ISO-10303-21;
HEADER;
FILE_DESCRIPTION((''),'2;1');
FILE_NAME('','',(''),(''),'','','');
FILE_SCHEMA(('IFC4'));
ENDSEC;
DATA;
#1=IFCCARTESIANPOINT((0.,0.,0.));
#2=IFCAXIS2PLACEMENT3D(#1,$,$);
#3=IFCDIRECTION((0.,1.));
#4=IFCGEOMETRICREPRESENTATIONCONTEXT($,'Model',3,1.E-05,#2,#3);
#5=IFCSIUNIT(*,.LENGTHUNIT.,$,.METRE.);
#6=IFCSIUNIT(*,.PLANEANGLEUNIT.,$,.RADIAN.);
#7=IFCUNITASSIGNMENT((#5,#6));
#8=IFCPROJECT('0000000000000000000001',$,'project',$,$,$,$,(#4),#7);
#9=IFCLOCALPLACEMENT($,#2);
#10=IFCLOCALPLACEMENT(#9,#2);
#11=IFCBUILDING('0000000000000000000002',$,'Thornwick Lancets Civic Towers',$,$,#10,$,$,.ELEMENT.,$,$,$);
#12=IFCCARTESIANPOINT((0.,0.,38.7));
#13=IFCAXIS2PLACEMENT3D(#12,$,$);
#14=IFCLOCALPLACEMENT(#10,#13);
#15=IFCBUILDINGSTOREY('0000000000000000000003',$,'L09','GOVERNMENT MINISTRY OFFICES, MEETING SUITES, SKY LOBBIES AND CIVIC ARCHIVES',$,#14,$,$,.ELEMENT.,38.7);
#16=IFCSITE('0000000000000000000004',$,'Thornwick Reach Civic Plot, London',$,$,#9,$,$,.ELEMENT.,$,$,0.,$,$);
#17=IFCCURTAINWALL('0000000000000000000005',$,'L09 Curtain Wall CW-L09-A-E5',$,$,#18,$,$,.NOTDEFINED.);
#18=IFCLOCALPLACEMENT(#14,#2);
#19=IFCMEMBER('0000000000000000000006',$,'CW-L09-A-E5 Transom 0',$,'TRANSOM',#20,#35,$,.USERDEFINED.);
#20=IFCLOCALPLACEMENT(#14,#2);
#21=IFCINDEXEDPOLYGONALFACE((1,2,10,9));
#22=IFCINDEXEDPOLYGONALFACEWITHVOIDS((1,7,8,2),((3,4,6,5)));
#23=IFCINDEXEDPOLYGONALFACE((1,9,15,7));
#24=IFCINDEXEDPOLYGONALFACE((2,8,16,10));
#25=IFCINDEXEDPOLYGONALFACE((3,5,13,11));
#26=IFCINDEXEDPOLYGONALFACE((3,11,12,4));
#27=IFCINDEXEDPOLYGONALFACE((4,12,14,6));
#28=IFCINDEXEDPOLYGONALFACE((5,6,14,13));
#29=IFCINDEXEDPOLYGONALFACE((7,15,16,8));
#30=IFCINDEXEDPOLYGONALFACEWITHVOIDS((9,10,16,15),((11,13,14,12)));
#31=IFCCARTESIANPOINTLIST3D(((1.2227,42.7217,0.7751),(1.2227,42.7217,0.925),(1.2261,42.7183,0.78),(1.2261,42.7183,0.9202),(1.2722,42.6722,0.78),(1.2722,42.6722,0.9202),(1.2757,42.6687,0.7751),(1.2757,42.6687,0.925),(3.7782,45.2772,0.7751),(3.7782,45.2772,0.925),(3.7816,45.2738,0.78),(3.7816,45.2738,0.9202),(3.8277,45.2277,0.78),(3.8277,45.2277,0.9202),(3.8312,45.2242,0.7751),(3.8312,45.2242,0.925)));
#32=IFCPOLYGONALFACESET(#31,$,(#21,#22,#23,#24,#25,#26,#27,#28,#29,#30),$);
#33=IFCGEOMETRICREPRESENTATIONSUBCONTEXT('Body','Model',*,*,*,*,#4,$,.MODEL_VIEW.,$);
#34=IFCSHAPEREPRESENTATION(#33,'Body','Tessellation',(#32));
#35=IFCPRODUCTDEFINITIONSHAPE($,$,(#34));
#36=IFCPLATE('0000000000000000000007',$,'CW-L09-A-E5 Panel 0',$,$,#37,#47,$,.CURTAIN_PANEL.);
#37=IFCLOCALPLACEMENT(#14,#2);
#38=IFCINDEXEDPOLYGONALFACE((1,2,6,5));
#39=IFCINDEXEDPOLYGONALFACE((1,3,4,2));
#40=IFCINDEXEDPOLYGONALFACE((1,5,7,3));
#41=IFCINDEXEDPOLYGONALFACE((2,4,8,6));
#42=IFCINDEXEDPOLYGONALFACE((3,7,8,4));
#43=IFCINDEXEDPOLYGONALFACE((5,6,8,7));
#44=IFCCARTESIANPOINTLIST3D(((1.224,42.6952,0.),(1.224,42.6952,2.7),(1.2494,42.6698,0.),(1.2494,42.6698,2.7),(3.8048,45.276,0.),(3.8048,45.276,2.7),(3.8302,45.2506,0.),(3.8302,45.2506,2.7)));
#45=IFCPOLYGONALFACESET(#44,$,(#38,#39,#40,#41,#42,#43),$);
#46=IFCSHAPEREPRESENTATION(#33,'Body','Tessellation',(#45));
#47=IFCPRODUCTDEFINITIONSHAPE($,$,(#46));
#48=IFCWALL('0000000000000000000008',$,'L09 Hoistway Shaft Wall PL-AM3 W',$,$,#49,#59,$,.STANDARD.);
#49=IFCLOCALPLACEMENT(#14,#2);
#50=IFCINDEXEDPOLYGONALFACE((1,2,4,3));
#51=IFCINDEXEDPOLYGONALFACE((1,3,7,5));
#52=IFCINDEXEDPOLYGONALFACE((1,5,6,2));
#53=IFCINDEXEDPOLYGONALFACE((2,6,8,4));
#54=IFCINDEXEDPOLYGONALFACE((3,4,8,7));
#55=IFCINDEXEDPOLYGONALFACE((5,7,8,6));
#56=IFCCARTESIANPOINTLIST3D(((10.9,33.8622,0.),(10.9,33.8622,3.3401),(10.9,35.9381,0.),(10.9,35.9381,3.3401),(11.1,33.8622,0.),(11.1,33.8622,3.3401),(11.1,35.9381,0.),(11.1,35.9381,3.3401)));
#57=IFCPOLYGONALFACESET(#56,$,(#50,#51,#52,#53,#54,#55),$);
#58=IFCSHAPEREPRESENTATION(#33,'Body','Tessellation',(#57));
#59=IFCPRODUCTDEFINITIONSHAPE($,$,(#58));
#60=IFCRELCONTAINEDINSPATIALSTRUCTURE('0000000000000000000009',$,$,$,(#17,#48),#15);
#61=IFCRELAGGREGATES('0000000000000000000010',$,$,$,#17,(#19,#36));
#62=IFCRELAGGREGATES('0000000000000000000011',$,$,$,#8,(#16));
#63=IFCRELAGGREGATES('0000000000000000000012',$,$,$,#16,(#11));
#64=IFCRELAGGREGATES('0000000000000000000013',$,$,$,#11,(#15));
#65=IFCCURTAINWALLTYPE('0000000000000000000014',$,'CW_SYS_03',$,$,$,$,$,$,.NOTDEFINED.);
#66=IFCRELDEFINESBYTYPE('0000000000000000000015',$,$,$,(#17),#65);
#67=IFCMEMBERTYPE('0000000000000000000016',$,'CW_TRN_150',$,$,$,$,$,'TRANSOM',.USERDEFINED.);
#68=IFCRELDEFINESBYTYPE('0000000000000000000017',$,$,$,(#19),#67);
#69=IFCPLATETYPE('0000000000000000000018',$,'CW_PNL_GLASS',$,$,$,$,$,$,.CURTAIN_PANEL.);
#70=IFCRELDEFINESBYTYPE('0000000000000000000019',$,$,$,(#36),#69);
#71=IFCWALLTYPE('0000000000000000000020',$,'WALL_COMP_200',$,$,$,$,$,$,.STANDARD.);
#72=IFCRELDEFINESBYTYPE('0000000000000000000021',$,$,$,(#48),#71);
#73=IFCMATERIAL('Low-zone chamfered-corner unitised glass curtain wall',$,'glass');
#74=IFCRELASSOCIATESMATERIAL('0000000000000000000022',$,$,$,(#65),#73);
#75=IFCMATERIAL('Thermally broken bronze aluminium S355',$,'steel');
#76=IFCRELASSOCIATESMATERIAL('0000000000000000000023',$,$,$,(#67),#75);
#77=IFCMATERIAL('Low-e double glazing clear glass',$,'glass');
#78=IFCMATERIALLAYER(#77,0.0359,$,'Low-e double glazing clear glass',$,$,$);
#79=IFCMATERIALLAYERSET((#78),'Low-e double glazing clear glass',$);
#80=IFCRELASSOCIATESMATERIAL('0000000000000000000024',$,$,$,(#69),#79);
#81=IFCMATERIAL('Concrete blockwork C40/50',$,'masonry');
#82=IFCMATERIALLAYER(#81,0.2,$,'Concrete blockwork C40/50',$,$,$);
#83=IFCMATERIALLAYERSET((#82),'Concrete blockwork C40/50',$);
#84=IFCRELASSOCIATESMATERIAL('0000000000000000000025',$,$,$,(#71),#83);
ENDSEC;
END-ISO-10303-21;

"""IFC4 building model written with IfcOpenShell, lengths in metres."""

from ifc_helpers import new_model, si_unit, direction, frame, frame_2d, origin, origin_2d, place, context, subcontext, project, spatial, rectangle, hollow_rectangle, extrude, material, layer, layer_set, material_profile, profile_set, type_object, element, aggregate, save


model = new_model("IFC4")

# Units and contexts
model_context = context("Model", 3, precision=1e-05, world=origin(), true_north=direction((0.0, 1.0)))
body_context = subcontext(model_context, "Body", "Model", "MODEL_VIEW")
ifc_project = project(units=[si_unit("LENGTHUNIT", "METRE"), si_unit("PLANEANGLEUNIT", "RADIAN")], contexts=[model_context])

# Site, building, storey
site_placement = place(None, origin())
site = spatial("IfcSite", under=ifc_project, at=site_placement, Name="Thornwick Reach Civic Plot, London", CompositionType="ELEMENT", RefElevation=0.0)
building_placement = place(site_placement, origin())
building = spatial("IfcBuilding", under=site, at=building_placement, Name="Thornwick Lancets Civic Towers", CompositionType="ELEMENT")
storey_placement = place(building_placement, frame((0.0, 0.0, 38.7)))
storey = spatial("IfcBuildingStorey", under=building, at=storey_placement, Name="L09", Description="GOVERNMENT MINISTRY OFFICES, MEETING SUITES, SKY LOBBIES AND CIVIC ARCHIVES", CompositionType="ELEMENT", Elevation=38.7)

# Curtain wall, member, plate
ifc_material_1 = material(Name="Low-zone chamfered-corner unitised glass curtain wall", Category="glass")
curtain_wall_type = type_object("IfcCurtainWallType", Name="CW_SYS_03", PredefinedType="NOTDEFINED", material=ifc_material_1)
curtain_wall_placement = place(storey_placement, origin())
curtain_wall = element("IfcCurtainWall", 1, at=curtain_wall_placement, inside=storey, type_object=curtain_wall_type, Name="L09 Curtain Wall CW-L09-A-E5", PredefinedType="NOTDEFINED")
ifc_material_2 = material(Name="Thermally broken bronze aluminium S355", Category="steel")
ifc_material_profile_1 = material_profile(ifc_material_2, hollow_rectangle(XDim=0.075, YDim=0.1499, WallThickness=0.0049, at=origin_2d()), Name="RHS 150x75x5")
ifc_profile_set_1 = profile_set([ifc_material_profile_1], Name="Thermally broken bronze aluminium S355")
member_type_1 = type_object("IfcMemberType", Name="CW_TRN_150", ElementType="TRANSOM", PredefinedType="USERDEFINED", material=ifc_profile_set_1)
member_1_placement = place(storey_placement, frame((3.8047, 45.2507, 0.8501), z_axis=(-0.707107, -0.707107, 0.0), x_axis=(0.707107, -0.707107, 0.0)))
member_1 = element("IfcMember", 2, at=member_1_placement, type_object=member_type_1, Name="CW-L09-A-E5 Transom 0", ObjectType="TRANSOM", PredefinedType="USERDEFINED", context=body_context, shape_type="SweptSolid", body=[
    extrude(hollow_rectangle(XDim=0.075, YDim=0.1499, WallThickness=0.0049, at=origin_2d()), origin(), (0.0, 0.0, 1.0), 3.614),
])
ifc_material_3 = material(Name="Low-e double glazing clear glass", Category="glass")
ifc_layer_1 = layer(ifc_material_3, 0.0359, Name="Low-e double glazing clear glass")
ifc_layer_set_1 = layer_set([ifc_layer_1], Name="Low-e double glazing clear glass")
plate_type = type_object("IfcPlateType", Name="CW_PNL_GLASS", PredefinedType="CURTAIN_PANEL", material=ifc_layer_set_1)
plate_placement = place(storey_placement, frame((2.5271, 43.9729, 0.0), z_axis=(0.0, 0.0, 1.0), x_axis=(-0.707107, -0.707107, 0.0)))
plate = element("IfcPlate", 3, at=plate_placement, type_object=plate_type, Name="CW-L09-A-E5 Panel 0", PredefinedType="CURTAIN_PANEL", context=body_context, shape_type="SweptSolid", body=[
    extrude(rectangle(XDim=3.6499, YDim=0.0359, at=origin_2d()), origin(), (0.0, 0.0, 1.0), 2.7),
])
aggregate(curtain_wall, [member_1, plate])

# Wall
ifc_material_4 = material(Name="Concrete blockwork C40/50", Category="masonry")
ifc_layer_2 = layer(ifc_material_4, 0.2, Name="Concrete blockwork C40/50")
ifc_layer_set_2 = layer_set([ifc_layer_2], Name="Concrete blockwork C40/50")
wall_type_1 = type_object("IfcWallType", Name="WALL_COMP_200", PredefinedType="STANDARD", material=ifc_layer_set_2)
wall_1_placement = place(storey_placement, frame((11.0, 33.8621, 0.0), z_axis=(0.0, 0.0, 1.0), x_axis=(0.0, 1.0, 0.0)))
element("IfcWall", 4, at=wall_1_placement, inside=storey, type_object=wall_type_1, Name="L09 Hoistway Shaft Wall PL-AM3 W", PredefinedType="STANDARD", context=body_context, shape_type="SweptSolid", body=[
    extrude(rectangle(XDim=2.0759, YDim=0.2, at=frame_2d((1.0381, 0.0))), origin(), (0.0, 0.0, 1.0), 3.3401),
])

save(model, "model.ifc")
